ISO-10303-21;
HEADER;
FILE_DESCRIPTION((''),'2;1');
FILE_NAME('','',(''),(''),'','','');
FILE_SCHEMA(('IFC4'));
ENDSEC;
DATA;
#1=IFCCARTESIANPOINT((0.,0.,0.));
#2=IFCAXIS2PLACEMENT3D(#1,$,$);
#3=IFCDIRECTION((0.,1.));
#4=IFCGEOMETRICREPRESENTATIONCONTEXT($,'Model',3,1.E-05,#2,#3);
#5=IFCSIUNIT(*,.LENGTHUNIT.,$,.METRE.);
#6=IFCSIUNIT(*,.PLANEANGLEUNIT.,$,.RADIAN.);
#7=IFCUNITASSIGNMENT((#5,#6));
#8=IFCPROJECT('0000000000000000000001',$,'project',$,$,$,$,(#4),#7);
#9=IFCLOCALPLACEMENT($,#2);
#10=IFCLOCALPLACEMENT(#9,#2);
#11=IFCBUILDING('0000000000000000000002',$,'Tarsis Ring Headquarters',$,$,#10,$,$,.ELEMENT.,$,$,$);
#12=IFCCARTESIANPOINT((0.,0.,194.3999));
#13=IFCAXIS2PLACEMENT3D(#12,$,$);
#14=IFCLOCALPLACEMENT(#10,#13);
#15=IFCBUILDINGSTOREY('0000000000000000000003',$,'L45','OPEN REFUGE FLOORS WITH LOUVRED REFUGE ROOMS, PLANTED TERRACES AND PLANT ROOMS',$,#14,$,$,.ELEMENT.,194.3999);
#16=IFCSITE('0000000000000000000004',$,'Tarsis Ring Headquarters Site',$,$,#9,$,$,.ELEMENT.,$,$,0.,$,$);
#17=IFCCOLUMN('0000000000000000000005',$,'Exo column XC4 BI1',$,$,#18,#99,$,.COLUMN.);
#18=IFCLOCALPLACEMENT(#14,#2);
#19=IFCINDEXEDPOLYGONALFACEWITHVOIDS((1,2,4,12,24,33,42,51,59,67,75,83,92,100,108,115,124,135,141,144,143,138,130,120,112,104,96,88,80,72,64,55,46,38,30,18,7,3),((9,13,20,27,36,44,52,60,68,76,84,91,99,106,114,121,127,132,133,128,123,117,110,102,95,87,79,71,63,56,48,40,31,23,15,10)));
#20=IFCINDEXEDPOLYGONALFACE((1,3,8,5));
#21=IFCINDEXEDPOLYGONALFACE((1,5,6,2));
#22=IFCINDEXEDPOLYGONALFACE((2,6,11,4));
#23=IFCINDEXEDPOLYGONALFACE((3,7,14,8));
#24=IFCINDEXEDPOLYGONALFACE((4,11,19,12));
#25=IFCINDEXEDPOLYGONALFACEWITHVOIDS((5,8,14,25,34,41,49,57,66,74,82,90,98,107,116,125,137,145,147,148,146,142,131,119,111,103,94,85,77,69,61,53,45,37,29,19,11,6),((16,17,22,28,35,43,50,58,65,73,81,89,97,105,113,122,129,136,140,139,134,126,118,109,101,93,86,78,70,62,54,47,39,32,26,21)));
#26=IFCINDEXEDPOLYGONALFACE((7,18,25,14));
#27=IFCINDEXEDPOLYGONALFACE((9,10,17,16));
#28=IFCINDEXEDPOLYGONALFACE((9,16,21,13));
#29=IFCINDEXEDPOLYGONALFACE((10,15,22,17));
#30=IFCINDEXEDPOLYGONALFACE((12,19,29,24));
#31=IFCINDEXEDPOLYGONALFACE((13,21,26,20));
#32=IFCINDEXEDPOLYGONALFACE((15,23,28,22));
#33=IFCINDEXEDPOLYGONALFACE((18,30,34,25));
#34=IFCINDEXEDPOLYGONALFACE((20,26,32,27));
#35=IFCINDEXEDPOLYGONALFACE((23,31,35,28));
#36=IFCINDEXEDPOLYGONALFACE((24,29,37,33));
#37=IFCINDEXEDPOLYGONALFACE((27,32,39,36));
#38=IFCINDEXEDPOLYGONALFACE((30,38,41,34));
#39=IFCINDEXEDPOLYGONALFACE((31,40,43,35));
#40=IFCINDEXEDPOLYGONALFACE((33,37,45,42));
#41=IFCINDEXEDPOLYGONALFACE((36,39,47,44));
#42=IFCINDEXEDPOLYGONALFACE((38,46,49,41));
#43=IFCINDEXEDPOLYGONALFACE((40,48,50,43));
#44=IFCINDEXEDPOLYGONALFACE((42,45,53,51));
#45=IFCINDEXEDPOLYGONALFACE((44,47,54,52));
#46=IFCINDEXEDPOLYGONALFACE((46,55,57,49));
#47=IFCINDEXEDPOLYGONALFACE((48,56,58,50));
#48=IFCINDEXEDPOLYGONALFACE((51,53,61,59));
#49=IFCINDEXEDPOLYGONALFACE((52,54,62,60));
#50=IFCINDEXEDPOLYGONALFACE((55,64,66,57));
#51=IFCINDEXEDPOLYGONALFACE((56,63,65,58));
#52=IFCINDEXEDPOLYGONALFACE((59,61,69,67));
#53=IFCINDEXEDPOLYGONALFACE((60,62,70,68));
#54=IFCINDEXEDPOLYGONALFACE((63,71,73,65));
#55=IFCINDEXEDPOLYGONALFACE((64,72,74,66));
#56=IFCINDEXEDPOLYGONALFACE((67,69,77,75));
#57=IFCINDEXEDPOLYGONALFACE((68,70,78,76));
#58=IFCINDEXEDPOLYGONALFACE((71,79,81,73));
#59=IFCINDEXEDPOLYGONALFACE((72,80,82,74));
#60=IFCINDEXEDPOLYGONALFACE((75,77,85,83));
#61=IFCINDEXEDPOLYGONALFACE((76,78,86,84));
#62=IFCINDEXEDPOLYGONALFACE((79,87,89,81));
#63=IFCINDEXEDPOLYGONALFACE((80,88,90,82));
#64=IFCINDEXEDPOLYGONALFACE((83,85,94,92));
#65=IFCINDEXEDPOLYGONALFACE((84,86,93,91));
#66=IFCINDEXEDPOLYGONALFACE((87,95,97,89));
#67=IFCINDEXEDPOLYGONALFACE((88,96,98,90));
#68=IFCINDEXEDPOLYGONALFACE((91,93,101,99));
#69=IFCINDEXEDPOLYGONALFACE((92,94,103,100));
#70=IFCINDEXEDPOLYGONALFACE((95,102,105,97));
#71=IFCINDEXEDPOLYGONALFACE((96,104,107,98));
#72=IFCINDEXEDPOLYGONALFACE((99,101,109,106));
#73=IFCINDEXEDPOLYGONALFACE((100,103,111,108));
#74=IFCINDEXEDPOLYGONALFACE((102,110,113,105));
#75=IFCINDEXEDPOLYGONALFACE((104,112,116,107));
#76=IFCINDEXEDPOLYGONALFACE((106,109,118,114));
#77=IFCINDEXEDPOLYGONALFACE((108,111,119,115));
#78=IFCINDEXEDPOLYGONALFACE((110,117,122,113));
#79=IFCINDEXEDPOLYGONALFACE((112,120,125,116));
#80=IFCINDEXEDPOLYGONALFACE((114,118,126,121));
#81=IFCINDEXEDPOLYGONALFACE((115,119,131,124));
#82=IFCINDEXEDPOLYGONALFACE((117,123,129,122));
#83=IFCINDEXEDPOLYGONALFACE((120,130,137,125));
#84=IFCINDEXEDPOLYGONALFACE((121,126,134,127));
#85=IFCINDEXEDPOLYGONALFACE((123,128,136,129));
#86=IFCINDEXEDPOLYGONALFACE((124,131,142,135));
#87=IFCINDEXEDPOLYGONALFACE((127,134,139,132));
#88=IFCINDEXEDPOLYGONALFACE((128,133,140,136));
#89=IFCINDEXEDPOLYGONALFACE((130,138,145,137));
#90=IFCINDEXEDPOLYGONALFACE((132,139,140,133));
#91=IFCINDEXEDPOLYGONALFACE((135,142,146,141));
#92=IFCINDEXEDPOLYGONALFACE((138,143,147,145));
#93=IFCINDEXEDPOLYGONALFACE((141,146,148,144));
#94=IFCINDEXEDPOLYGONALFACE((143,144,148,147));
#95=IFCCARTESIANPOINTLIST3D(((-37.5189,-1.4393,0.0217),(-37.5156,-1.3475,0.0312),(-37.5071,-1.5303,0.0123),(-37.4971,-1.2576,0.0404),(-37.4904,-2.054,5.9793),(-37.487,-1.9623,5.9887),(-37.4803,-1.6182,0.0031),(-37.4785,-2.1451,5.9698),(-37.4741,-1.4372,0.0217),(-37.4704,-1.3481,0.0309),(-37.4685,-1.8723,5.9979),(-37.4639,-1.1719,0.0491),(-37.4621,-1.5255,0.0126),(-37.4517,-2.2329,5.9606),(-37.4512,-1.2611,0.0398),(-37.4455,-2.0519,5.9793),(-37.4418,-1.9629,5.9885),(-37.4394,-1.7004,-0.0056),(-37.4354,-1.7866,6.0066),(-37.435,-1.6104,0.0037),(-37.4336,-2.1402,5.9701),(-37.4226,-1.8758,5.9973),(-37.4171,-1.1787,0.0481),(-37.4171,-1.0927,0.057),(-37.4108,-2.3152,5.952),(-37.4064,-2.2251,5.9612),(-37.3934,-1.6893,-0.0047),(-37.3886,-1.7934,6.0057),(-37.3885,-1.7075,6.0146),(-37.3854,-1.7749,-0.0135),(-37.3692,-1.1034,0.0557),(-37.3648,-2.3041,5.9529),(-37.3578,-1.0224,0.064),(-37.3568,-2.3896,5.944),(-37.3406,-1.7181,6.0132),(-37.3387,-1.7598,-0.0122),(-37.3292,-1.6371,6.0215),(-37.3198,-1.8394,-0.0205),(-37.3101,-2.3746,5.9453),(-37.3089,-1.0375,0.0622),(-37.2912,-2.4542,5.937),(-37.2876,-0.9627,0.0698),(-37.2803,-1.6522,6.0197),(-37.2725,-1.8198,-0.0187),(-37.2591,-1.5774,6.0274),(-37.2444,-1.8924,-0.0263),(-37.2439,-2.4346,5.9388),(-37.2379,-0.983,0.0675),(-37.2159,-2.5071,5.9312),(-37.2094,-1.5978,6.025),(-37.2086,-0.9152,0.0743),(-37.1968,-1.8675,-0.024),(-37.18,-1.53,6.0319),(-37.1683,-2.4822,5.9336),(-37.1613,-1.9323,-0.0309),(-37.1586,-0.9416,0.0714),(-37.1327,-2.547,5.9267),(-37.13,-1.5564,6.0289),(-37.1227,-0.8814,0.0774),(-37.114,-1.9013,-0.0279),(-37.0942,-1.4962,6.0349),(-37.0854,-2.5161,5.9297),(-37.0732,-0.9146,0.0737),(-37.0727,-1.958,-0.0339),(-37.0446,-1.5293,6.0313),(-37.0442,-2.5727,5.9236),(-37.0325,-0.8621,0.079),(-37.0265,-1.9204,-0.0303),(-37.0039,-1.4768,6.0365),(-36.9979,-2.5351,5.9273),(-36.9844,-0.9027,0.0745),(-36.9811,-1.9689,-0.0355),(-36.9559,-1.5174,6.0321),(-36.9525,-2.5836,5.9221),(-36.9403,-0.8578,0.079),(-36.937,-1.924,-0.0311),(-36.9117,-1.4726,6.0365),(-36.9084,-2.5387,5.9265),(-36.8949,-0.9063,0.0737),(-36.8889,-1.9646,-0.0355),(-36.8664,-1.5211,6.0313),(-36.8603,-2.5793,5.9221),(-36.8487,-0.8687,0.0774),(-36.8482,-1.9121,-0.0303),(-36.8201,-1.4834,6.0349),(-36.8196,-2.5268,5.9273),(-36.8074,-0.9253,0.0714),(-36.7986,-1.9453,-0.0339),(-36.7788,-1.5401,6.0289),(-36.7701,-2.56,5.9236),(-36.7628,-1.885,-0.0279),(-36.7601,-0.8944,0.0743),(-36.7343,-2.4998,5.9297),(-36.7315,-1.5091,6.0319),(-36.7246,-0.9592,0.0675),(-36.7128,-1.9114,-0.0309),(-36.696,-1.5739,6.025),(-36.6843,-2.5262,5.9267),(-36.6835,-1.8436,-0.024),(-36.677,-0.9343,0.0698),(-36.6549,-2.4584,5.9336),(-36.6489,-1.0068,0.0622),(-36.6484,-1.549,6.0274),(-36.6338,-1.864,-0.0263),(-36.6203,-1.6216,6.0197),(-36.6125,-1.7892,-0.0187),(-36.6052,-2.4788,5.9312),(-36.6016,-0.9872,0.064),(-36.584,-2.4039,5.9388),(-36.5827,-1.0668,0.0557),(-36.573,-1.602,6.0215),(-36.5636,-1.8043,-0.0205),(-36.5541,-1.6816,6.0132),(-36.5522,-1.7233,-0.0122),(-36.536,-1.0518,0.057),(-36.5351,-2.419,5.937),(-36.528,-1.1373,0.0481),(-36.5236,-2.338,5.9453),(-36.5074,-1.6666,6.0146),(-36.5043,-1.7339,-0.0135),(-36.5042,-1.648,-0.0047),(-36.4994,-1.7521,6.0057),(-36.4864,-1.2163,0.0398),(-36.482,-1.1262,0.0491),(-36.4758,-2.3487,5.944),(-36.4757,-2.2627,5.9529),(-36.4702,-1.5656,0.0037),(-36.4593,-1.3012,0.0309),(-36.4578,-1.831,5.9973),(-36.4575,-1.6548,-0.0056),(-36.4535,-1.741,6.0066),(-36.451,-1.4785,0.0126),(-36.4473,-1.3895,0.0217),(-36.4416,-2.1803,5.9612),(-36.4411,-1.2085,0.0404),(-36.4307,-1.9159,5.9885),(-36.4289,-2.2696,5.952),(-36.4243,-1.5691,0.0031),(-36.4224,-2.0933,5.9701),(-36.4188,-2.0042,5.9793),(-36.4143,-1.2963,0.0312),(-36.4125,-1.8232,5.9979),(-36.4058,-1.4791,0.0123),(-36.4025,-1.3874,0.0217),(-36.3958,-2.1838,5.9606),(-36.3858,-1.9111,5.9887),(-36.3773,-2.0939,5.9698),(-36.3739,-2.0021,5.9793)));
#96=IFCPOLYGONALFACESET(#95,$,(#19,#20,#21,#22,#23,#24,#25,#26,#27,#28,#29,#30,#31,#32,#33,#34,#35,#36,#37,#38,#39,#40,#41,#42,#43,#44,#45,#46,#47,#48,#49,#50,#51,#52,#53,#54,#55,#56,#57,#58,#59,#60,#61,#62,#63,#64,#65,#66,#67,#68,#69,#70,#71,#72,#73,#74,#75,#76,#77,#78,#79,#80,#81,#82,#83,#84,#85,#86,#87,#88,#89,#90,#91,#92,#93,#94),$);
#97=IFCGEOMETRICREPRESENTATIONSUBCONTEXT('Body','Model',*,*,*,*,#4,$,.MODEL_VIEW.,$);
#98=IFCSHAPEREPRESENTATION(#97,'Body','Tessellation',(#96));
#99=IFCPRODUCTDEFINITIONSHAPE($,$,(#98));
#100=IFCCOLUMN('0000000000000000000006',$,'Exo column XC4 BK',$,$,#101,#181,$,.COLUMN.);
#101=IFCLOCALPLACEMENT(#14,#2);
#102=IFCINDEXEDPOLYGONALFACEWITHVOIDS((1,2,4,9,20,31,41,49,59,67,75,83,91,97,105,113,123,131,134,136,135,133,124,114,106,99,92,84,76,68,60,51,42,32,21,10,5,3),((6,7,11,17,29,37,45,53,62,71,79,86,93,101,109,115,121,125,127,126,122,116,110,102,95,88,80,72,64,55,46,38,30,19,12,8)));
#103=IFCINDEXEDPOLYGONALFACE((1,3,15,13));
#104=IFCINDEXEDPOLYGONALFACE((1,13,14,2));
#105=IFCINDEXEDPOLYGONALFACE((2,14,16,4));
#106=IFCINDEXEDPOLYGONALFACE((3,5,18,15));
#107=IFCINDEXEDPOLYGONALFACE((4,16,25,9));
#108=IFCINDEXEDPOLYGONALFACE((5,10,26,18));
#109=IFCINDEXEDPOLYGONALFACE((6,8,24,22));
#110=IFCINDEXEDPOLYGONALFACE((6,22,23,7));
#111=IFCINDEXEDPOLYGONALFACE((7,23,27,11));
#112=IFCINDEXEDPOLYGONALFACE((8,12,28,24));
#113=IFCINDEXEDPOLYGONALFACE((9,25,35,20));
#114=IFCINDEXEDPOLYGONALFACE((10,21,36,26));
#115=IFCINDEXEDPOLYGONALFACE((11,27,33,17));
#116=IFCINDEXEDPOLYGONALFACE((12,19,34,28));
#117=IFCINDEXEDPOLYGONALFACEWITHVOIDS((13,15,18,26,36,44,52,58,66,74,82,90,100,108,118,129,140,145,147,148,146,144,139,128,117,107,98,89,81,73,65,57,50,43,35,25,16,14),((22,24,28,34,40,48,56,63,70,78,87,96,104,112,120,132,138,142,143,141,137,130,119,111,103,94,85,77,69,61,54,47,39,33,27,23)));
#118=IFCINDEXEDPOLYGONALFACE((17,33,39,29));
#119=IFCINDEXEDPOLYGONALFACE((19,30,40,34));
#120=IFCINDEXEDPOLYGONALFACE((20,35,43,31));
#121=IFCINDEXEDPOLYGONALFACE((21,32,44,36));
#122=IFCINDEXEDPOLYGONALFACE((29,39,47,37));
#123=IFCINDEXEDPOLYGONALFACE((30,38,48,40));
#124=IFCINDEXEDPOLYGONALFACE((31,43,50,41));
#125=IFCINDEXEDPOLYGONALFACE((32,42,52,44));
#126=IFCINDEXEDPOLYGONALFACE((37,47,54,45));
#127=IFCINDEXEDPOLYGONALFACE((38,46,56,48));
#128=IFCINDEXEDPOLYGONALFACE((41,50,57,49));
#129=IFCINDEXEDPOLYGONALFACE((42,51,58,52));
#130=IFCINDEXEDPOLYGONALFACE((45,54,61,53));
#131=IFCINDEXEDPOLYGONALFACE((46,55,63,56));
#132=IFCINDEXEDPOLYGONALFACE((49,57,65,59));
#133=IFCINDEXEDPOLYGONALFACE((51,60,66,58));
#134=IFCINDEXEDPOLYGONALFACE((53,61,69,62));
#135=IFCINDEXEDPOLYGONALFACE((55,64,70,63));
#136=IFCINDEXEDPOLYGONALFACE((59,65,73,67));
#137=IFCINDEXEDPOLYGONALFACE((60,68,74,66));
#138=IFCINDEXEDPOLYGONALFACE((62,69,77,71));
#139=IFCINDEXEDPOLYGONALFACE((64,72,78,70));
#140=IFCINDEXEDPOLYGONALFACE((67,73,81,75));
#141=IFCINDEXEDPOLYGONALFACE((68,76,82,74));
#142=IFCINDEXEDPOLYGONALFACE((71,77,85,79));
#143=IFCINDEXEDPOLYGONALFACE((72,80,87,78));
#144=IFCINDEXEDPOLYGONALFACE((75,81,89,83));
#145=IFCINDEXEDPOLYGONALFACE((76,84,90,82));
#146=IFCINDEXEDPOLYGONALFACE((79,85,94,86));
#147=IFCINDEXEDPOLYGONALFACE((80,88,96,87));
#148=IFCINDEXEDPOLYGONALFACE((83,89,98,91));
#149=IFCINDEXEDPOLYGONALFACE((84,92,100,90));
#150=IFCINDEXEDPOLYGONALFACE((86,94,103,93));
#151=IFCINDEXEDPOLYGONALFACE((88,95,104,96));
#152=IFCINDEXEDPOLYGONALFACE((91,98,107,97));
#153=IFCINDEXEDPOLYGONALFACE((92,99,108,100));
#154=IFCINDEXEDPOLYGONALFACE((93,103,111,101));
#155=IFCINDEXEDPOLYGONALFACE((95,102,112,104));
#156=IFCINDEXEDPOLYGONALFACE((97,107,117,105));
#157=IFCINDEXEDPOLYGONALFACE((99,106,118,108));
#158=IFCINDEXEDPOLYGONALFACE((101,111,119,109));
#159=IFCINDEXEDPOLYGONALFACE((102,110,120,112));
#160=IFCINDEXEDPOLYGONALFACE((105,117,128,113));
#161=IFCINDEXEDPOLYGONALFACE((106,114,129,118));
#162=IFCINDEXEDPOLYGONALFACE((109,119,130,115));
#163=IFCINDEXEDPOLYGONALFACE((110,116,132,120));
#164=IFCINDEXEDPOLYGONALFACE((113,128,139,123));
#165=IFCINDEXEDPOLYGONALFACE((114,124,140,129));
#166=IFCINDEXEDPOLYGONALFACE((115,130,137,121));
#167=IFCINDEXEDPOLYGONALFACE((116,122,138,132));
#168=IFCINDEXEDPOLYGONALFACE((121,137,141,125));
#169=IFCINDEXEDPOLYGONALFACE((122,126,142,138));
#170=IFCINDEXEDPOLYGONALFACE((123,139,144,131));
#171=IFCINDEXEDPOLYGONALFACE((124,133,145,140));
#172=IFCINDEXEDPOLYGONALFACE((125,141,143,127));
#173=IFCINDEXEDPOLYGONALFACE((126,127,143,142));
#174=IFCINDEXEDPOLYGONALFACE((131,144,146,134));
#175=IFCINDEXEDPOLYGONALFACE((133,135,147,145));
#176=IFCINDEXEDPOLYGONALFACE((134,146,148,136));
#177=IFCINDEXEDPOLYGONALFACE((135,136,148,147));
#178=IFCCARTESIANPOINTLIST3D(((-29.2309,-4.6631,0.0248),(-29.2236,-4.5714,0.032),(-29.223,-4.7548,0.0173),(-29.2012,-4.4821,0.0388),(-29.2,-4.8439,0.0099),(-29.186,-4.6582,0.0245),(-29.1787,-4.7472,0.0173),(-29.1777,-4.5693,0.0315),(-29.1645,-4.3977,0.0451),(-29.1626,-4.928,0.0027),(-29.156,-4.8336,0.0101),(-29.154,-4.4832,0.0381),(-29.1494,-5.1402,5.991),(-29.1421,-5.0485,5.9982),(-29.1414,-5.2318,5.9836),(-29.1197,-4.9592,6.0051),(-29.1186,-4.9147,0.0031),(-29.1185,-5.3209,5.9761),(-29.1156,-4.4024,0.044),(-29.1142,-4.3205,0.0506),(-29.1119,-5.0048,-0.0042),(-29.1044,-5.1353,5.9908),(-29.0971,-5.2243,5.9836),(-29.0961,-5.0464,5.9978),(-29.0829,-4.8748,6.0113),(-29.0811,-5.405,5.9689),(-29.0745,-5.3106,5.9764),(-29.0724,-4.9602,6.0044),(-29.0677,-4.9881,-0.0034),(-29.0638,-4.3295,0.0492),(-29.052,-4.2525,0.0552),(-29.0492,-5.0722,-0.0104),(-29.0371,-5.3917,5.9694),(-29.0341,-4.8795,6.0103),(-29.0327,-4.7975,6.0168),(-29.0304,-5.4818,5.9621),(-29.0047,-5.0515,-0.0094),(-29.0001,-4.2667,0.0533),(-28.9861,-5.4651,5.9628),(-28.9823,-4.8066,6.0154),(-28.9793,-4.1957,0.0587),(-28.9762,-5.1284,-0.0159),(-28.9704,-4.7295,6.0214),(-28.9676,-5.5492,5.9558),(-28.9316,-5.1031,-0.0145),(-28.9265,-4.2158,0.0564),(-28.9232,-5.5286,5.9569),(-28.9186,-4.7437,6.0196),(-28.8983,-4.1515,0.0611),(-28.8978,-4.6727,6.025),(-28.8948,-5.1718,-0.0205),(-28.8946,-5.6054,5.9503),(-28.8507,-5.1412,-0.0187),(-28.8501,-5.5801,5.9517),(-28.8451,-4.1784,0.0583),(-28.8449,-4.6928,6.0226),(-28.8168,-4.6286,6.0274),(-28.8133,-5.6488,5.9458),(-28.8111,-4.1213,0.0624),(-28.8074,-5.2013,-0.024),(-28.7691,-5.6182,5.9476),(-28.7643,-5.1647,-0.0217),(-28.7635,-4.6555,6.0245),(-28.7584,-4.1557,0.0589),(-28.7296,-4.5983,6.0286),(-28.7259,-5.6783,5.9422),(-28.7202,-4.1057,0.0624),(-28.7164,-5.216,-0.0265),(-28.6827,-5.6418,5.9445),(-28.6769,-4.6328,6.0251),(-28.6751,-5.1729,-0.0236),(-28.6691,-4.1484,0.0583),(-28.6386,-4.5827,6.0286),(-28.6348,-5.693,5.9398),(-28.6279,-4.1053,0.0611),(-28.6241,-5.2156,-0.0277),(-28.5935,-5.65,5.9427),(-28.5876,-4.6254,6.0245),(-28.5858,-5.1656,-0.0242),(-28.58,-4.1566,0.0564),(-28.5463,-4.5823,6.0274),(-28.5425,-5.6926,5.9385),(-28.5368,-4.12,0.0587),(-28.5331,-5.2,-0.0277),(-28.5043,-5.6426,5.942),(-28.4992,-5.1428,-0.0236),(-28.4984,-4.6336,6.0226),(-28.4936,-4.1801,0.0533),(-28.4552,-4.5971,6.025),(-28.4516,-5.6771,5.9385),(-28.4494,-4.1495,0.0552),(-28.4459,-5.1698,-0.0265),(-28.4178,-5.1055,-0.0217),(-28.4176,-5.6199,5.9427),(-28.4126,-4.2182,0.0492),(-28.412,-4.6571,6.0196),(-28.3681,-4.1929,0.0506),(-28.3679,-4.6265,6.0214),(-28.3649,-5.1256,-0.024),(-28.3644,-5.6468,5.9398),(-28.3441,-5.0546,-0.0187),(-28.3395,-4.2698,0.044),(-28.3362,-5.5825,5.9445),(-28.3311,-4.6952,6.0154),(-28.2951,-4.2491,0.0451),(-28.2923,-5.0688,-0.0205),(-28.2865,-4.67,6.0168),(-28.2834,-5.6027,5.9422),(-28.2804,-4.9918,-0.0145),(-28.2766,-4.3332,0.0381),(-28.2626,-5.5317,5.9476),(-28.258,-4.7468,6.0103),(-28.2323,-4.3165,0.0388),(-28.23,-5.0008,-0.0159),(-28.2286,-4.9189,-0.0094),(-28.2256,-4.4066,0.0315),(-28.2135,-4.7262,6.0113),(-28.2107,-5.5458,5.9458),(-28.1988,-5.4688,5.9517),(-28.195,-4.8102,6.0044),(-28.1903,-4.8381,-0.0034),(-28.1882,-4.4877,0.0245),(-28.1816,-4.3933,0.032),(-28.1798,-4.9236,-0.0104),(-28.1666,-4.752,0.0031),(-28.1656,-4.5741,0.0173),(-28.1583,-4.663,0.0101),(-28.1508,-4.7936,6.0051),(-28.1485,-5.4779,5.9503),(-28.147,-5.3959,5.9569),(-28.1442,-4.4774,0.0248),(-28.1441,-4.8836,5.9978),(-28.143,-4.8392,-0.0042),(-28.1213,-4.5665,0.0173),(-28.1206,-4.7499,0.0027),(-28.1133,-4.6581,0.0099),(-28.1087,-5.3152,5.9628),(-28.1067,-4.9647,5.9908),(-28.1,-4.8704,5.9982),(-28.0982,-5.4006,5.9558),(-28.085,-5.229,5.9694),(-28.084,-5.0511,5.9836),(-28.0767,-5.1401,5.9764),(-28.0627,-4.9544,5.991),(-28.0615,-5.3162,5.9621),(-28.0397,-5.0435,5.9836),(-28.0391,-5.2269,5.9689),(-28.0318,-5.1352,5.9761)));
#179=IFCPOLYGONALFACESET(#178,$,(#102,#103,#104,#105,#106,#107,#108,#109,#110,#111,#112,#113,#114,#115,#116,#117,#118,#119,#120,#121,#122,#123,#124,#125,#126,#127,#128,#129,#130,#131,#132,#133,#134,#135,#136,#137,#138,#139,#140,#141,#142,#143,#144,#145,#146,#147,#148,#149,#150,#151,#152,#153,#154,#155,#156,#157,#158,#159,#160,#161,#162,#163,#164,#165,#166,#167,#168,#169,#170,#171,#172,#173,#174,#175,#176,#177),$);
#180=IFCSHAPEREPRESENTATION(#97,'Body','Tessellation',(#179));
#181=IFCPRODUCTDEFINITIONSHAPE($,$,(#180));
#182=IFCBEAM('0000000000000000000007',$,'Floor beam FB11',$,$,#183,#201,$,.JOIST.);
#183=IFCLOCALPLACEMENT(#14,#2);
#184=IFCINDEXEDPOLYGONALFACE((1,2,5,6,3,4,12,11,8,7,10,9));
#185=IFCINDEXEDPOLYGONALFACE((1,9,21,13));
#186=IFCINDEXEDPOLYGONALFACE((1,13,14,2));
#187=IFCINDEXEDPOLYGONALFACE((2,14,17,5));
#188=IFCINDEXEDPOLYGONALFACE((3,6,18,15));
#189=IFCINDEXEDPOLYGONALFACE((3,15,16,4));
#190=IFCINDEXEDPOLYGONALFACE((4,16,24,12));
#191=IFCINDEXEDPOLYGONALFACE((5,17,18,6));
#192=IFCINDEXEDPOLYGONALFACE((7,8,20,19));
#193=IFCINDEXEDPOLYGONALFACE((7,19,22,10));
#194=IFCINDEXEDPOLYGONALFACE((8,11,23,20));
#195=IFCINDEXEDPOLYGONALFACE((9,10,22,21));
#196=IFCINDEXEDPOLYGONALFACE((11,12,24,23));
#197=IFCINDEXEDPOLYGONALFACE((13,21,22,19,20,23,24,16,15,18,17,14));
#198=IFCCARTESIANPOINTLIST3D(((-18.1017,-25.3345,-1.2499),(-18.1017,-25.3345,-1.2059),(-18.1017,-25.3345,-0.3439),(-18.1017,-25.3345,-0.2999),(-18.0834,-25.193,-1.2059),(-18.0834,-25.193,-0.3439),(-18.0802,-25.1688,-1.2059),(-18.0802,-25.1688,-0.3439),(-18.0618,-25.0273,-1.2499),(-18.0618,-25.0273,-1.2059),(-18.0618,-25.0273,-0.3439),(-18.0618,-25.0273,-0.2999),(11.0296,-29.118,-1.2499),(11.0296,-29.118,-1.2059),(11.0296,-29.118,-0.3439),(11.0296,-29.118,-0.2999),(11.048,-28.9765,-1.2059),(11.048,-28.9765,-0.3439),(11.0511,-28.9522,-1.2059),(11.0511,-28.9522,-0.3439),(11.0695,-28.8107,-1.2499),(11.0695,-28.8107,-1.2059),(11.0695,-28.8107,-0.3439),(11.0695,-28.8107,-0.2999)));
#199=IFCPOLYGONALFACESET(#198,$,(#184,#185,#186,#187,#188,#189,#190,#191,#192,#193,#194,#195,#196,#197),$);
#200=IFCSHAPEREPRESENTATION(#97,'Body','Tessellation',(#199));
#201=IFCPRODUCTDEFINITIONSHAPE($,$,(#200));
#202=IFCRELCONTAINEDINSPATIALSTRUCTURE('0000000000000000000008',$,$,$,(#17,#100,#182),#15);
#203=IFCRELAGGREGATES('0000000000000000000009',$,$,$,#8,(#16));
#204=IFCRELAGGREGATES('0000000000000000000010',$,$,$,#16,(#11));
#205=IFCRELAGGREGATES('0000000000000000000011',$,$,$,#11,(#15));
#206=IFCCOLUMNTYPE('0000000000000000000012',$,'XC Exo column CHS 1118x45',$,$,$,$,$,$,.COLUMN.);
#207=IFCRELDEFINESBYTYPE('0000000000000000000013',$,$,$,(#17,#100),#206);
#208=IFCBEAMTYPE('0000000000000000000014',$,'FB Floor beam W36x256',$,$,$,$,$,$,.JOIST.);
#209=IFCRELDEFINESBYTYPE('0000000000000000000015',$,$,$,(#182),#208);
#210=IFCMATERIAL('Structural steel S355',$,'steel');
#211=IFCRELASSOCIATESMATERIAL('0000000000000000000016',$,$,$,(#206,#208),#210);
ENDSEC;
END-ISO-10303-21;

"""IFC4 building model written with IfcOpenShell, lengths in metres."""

from ifc_helpers import new_model, si_unit, direction, frame, origin, origin_2d, place, context, subcontext, project, spatial, hollow_circle, i_section, extrude, material, material_profile, profile_set, type_object, element, save


model = new_model("IFC4")

# Units and contexts
model_context = context("Model", 3, precision=1e-05, world=origin(), true_north=direction((0.0, 1.0)))
body_context = subcontext(model_context, "Body", "Model", "MODEL_VIEW")
ifc_project = project(units=[si_unit("LENGTHUNIT", "METRE"), si_unit("PLANEANGLEUNIT", "RADIAN")], contexts=[model_context])

# Site, building, storey
site_placement = place(None, origin())
site = spatial("IfcSite", under=ifc_project, at=site_placement, Name="Tarsis Ring Headquarters Site", CompositionType="ELEMENT", RefElevation=0.0)
building_placement = place(site_placement, origin())
building = spatial("IfcBuilding", under=site, at=building_placement, Name="Tarsis Ring Headquarters", CompositionType="ELEMENT")
storey_placement = place(building_placement, frame((0.0, 0.0, 194.3999)))
storey = spatial("IfcBuildingStorey", under=building, at=storey_placement, Name="L45", Description="OPEN REFUGE FLOORS WITH LOUVRED REFUGE ROOMS, PLANTED TERRACES AND PLANT ROOMS", CompositionType="ELEMENT", Elevation=194.3999)

# Columns
ifc_material_1 = material(Name="Structural steel S355", Category="steel")
ifc_material_profile_1 = material_profile(ifc_material_1, hollow_circle(Radius=0.5588, WallThickness=0.0449, at=origin_2d()), Name="CHS 1118x45")
ifc_profile_set_1 = profile_set([ifc_material_profile_1], Name="Structural steel S355")
column_type = type_object("IfcColumnType", Name="XC Exo column CHS 1118x45", PredefinedType="COLUMN", material=ifc_profile_set_1)
column_1_placement = place(storey_placement, frame((-36.9607, -1.4133, 0.0217), z_axis=(0.004769, -0.102642, 0.994707), x_axis=(0.998922, 0.046415, 0.0)))
element("IfcColumn", 1, at=column_1_placement, inside=storey, type_object=column_type, Name="Exo column XC4 BI1", PredefinedType="COLUMN", context=body_context, shape_type="SweptSolid", body=[
    extrude(hollow_circle(Radius=0.5588, WallThickness=0.0449, at=origin_2d()), origin(), (0.0, 0.0, 1.0), 5.9893),
])
column_2_placement = place(storey_placement, frame((-28.6721, -4.6606, 0.0173), z_axis=(0.013622, -0.079696, 0.996726), x_axis=(0.985704, 0.168488, 0.0)))
element("IfcColumn", 2, at=column_2_placement, inside=storey, type_object=column_type, Name="Exo column XC4 BK", PredefinedType="COLUMN", context=body_context, shape_type="SweptSolid", body=[
    extrude(hollow_circle(Radius=0.5588, WallThickness=0.0449, at=origin_2d()), origin(), (0.0, 0.0, 1.0), 5.9858),
])

# Beam
ifc_material_profile_2 = material_profile(ifc_material_1, i_section(OverallWidth=0.3098, OverallDepth=0.95, WebThickness=0.0244, FlangeThickness=0.0439, at=origin_2d()), Name="W36x256")
ifc_profile_set_2 = profile_set([ifc_material_profile_2], Name="Structural steel S355")
beam_type_1 = type_object("IfcBeamType", Name="FB Floor beam W36x256", PredefinedType="JOIST", material=ifc_profile_set_2)
beam_1_placement = place(storey_placement, frame((-18.0818, -25.1809, -0.7749), z_axis=(0.991671, -0.128794, 0.0), x_axis=(0.128794, 0.991671, 0.0)))
element("IfcBeam", 3, at=beam_1_placement, inside=storey, type_object=beam_type_1, Name="Floor beam FB11", PredefinedType="JOIST", context=body_context, shape_type="SweptSolid", body=[
    extrude(i_section(OverallWidth=0.3098, OverallDepth=0.95, WebThickness=0.0244, FlangeThickness=0.0439, at=origin_2d()), origin(), (0.0, 0.0, 1.0), 29.376),
])

save(model, "model.ifc")
